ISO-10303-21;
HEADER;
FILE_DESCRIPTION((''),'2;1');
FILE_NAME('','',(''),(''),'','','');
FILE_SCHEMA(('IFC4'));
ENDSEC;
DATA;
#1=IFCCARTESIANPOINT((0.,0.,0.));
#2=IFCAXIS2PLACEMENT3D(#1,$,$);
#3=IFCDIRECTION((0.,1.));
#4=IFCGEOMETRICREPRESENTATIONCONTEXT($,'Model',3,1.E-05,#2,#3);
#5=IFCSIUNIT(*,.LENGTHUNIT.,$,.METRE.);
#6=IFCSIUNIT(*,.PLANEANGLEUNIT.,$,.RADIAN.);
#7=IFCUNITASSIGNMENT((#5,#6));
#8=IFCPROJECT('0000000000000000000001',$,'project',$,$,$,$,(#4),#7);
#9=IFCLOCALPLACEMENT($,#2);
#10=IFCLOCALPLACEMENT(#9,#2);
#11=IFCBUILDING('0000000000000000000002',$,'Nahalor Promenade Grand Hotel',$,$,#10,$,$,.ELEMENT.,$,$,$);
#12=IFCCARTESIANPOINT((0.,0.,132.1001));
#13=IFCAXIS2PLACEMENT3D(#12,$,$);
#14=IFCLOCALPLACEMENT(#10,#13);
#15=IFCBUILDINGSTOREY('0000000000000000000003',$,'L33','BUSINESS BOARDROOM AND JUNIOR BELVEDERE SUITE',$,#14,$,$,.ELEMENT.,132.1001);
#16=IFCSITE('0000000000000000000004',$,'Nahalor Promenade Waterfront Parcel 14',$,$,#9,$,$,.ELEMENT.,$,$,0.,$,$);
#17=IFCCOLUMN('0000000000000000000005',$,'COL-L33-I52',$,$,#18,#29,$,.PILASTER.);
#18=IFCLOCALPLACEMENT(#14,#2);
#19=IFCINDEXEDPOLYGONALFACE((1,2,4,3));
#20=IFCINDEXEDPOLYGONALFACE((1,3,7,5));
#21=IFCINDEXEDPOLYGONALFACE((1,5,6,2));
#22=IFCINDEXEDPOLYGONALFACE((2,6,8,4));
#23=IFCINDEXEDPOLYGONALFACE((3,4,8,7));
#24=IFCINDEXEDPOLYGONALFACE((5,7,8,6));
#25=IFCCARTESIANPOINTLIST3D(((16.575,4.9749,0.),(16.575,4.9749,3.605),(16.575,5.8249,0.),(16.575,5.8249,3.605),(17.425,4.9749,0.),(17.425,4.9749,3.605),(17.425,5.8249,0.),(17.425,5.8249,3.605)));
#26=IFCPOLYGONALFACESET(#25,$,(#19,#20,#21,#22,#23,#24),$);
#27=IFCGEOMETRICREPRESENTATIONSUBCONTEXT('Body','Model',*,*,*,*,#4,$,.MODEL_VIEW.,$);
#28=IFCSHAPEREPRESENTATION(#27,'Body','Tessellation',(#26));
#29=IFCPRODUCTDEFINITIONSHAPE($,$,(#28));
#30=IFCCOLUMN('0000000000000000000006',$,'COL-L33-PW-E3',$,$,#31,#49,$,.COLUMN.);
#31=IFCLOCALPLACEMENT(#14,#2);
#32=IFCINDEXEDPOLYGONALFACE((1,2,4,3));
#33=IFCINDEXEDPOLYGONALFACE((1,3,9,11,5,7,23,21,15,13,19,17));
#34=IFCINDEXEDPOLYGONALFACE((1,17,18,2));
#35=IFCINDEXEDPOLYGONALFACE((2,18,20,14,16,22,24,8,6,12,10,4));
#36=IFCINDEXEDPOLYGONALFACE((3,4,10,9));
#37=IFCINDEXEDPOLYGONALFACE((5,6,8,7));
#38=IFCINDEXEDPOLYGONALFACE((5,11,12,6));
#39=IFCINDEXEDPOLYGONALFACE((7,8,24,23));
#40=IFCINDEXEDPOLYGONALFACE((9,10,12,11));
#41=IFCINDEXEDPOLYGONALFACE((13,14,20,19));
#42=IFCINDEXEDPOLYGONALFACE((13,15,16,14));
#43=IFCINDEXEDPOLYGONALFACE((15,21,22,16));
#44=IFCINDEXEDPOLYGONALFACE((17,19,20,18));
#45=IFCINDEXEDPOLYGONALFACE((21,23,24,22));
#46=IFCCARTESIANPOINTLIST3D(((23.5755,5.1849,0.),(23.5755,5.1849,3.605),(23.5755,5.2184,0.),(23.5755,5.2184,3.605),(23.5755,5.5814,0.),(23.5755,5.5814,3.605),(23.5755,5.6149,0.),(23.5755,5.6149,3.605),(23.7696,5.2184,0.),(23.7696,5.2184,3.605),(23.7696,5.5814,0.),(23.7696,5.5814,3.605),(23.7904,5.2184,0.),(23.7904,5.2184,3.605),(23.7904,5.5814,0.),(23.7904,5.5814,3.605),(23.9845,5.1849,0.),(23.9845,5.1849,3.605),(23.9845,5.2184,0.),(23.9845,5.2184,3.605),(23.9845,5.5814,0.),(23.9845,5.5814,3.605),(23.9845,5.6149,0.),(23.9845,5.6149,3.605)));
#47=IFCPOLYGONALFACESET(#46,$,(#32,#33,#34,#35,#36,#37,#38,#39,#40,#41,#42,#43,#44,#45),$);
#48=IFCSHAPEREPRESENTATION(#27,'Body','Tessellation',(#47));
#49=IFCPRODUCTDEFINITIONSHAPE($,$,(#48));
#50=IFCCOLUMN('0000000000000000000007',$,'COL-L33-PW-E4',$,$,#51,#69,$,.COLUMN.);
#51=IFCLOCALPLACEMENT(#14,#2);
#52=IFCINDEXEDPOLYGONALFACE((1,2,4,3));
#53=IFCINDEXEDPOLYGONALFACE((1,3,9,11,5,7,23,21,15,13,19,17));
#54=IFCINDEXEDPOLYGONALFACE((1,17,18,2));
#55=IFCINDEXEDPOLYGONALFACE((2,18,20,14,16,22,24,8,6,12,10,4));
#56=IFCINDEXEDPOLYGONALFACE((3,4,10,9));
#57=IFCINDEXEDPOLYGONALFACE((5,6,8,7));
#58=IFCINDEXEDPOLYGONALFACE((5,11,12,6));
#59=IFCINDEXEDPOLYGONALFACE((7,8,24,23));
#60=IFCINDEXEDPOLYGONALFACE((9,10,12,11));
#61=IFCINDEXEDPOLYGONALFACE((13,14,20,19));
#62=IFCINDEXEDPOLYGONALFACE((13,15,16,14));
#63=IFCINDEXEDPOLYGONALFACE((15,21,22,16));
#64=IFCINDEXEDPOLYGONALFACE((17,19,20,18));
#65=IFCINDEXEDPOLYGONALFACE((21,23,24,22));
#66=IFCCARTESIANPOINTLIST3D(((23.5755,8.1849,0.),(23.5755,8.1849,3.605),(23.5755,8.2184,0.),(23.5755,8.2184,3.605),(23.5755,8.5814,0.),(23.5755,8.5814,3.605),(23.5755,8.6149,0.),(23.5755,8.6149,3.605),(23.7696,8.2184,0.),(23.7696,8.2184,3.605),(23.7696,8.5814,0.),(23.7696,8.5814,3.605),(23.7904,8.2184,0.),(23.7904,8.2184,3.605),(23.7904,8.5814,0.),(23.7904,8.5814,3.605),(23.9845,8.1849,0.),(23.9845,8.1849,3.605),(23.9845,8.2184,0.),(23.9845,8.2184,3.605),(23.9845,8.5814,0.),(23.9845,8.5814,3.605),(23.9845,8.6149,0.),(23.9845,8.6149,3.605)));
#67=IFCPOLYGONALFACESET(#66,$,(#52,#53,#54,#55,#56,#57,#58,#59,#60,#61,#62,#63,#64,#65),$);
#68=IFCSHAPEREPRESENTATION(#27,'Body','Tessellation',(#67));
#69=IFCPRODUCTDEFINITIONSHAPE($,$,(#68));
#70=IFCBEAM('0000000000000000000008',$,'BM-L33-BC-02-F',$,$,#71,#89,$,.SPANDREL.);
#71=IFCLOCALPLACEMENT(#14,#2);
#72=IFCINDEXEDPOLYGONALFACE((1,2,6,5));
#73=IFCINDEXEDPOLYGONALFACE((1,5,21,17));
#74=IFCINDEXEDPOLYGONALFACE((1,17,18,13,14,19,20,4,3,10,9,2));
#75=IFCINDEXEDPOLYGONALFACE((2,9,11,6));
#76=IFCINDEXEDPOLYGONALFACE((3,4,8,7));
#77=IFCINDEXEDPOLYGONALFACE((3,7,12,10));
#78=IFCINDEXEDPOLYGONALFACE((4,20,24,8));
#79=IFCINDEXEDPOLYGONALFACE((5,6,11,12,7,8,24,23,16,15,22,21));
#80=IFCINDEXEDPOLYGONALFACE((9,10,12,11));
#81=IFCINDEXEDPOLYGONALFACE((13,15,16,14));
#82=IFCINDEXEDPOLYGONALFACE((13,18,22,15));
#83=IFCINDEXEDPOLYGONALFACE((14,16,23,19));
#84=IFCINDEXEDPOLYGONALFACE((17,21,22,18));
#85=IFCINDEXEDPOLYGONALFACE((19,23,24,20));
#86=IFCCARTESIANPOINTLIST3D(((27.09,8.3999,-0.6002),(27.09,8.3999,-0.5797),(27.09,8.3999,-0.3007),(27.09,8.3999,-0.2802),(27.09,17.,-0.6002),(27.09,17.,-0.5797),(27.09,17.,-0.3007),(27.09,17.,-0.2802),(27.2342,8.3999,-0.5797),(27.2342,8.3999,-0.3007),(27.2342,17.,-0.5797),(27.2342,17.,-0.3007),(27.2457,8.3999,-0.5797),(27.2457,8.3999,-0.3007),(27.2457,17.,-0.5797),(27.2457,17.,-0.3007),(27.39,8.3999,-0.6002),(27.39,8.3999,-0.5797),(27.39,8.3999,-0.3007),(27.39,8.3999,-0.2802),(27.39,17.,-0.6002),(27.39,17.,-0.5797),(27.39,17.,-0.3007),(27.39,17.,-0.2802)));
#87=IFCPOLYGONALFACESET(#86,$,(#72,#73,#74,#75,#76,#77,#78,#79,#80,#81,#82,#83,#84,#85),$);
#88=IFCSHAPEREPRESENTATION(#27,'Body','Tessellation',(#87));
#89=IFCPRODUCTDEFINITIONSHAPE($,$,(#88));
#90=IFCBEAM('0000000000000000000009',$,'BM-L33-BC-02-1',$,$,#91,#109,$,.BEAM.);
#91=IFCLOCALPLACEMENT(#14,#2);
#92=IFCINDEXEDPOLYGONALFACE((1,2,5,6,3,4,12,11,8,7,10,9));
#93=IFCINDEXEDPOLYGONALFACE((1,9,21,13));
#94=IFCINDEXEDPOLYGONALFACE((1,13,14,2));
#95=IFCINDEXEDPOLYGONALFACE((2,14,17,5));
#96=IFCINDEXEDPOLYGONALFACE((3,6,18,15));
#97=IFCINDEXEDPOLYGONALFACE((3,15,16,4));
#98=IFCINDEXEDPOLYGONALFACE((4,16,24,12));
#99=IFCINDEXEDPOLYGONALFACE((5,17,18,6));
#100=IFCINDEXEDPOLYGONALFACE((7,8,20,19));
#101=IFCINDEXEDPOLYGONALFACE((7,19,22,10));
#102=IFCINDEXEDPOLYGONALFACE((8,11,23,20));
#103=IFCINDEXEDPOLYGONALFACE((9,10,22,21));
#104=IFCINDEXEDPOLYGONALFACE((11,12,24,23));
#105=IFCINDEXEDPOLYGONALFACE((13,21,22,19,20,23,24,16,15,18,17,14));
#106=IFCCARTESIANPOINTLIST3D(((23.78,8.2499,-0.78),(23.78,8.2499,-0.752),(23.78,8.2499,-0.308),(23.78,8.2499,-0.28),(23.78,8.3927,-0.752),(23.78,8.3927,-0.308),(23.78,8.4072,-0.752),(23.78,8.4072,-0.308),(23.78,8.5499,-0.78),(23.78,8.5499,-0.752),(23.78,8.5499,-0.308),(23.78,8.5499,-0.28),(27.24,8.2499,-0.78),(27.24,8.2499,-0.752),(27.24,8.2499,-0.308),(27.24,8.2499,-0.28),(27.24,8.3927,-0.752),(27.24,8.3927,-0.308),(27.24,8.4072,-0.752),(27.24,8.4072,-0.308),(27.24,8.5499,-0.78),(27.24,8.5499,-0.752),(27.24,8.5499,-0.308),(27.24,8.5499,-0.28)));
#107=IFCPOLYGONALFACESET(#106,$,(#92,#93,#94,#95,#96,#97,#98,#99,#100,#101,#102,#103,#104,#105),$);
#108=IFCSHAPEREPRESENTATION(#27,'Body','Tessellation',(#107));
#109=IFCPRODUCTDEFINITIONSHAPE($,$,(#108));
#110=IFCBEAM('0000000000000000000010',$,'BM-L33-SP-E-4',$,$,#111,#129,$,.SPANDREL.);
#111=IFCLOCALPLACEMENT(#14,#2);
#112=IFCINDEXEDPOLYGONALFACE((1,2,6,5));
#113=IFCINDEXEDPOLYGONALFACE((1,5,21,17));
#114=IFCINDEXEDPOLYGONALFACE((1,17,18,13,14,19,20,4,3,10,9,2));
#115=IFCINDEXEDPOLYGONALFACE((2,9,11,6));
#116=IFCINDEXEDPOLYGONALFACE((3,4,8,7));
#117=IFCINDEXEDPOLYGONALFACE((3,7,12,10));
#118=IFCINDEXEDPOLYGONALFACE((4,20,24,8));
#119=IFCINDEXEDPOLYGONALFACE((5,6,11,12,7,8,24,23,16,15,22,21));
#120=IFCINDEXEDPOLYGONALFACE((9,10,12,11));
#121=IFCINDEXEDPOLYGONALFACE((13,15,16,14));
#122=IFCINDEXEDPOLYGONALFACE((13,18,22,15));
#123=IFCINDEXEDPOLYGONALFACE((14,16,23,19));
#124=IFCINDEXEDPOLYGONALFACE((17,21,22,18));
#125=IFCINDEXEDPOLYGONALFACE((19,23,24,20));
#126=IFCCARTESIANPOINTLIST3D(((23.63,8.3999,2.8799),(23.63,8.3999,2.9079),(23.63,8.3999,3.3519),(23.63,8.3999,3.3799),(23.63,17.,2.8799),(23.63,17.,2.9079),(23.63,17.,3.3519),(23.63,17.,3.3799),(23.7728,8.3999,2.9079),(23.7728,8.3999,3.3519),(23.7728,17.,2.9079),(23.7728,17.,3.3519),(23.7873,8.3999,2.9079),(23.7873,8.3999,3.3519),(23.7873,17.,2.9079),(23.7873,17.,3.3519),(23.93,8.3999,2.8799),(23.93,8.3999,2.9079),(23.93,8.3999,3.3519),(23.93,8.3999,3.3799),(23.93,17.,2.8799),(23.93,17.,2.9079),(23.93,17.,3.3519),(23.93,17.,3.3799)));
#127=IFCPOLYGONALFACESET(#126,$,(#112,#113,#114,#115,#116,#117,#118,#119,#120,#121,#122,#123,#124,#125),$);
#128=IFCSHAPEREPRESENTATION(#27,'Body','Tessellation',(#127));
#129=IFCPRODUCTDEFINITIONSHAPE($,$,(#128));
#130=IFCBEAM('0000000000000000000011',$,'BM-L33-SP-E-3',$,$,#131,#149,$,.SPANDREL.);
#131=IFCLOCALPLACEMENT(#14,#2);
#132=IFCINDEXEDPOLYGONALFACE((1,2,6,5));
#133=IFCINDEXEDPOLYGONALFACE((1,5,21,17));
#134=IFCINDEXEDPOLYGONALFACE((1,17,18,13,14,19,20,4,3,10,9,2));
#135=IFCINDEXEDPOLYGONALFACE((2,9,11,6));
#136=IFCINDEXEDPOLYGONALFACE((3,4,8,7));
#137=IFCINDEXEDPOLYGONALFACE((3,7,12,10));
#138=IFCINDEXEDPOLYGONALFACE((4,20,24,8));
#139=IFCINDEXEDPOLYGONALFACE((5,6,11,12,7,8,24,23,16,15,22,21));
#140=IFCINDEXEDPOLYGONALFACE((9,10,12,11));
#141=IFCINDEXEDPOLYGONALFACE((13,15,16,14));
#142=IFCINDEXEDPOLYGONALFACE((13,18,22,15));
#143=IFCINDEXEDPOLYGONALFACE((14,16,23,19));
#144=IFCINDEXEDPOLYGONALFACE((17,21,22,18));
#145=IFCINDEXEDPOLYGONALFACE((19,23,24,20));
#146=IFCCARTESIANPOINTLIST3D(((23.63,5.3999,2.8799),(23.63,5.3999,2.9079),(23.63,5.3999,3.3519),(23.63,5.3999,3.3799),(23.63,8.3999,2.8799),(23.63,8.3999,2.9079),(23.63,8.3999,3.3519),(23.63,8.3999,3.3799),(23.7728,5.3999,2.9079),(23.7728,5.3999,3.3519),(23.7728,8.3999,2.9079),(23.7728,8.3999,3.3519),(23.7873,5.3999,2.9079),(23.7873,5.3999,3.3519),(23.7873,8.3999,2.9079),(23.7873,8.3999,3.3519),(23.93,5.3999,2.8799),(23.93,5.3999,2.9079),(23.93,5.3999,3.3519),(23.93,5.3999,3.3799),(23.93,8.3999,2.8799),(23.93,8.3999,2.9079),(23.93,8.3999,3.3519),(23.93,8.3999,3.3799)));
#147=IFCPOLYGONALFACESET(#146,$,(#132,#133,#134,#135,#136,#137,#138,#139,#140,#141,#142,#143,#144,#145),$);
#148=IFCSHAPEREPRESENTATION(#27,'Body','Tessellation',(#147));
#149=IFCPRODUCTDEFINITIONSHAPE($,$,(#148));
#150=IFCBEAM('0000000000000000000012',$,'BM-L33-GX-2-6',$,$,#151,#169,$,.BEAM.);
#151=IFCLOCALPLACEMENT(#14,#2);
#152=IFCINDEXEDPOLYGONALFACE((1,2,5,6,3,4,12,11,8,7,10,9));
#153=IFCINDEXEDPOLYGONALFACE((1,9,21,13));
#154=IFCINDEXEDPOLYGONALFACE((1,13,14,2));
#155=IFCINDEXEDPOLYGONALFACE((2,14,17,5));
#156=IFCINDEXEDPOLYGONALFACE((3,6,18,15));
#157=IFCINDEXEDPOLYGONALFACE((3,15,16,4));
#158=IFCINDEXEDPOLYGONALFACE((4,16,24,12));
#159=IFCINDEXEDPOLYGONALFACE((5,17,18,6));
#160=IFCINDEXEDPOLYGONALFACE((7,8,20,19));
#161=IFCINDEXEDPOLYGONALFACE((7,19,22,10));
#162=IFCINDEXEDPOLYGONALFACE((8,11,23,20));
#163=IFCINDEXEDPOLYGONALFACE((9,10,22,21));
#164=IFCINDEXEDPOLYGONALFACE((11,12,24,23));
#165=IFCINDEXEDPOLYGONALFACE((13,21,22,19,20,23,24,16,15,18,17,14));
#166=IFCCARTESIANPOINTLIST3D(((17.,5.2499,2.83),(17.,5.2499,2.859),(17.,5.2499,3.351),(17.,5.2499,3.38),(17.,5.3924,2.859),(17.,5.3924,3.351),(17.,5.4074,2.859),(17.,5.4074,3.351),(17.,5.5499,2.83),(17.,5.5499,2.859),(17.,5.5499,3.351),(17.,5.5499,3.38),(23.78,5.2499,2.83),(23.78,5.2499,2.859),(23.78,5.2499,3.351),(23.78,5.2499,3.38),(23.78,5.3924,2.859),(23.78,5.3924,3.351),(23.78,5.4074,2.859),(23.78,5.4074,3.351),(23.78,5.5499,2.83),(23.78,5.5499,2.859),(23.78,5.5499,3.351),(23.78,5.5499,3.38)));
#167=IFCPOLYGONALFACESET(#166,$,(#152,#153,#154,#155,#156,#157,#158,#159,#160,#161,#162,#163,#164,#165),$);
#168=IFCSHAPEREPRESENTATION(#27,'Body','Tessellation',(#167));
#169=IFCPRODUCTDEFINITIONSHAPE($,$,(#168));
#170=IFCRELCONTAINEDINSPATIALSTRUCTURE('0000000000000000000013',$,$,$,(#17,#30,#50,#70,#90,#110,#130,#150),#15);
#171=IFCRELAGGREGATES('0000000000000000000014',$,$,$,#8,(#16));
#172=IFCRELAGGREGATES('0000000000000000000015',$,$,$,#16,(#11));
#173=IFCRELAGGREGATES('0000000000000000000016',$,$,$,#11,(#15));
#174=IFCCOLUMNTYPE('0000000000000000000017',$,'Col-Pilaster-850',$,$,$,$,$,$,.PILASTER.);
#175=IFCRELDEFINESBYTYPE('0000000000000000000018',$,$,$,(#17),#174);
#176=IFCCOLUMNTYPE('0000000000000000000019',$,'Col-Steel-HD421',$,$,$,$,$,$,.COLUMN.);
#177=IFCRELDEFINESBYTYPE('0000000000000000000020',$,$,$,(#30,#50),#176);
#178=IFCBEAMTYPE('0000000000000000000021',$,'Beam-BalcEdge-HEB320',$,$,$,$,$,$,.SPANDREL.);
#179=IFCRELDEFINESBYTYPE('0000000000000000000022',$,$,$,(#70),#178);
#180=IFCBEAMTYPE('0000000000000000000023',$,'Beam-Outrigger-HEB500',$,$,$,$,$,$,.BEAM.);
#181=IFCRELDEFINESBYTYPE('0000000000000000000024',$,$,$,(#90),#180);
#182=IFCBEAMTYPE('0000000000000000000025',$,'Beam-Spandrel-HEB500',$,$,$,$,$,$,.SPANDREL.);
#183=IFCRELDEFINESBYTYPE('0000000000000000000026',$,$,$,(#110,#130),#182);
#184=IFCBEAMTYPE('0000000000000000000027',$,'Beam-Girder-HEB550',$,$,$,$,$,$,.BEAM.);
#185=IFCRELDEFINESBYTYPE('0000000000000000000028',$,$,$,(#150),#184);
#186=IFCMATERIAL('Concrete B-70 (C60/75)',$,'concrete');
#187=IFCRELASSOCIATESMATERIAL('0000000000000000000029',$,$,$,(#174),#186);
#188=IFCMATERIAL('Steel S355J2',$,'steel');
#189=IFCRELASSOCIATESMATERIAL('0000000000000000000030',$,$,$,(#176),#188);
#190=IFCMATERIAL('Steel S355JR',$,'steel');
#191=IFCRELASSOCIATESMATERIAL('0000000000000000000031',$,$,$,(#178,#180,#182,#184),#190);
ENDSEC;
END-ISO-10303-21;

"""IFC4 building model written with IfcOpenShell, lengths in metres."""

from ifc_helpers import new_model, si_unit, direction, frame, origin, origin_2d, place, context, subcontext, project, spatial, rectangle, i_section, extrude, source, transform, mapped, material, material_profile, profile_set, type_object, element, save


model = new_model("IFC4")

# Units and contexts
model_context = context("Model", 3, precision=1e-05, world=origin(), true_north=direction((0.0, 1.0)))
body_context = subcontext(model_context, "Body", "Model", "MODEL_VIEW")
ifc_project = project(units=[si_unit("LENGTHUNIT", "METRE"), si_unit("PLANEANGLEUNIT", "RADIAN")], contexts=[model_context])

# Site, building, storey
site_placement = place(None, origin())
site = spatial("IfcSite", under=ifc_project, at=site_placement, Name="Nahalor Promenade Waterfront Parcel 14", CompositionType="ELEMENT", RefElevation=0.0)
building_placement = place(site_placement, origin())
building = spatial("IfcBuilding", under=site, at=building_placement, Name="Nahalor Promenade Grand Hotel", CompositionType="ELEMENT")
storey_placement = place(building_placement, frame((0.0, 0.0, 132.1001)))
storey = spatial("IfcBuildingStorey", under=building, at=storey_placement, Name="L33", Description="BUSINESS BOARDROOM AND JUNIOR BELVEDERE SUITE", CompositionType="ELEMENT", Elevation=132.1001)

# Columns
ifc_material_1 = material(Name="Concrete B-70 (C60/75)", Category="concrete")
ifc_material_profile_1 = material_profile(ifc_material_1, rectangle(XDim=0.85, YDim=0.85, at=origin_2d()), Name="RC 850x850")
ifc_profile_set_1 = profile_set([ifc_material_profile_1], Name="Concrete B-70 (C60/75)")
column_type_1 = type_object("IfcColumnType", Name="Col-Pilaster-850", PredefinedType="PILASTER", material=ifc_profile_set_1)
shared_shape_1 = source(origin(), body_context, "Body", "SweptSolid", [
    extrude(rectangle(XDim=0.85, YDim=0.85, at=origin_2d()), origin(), (0.0, 0.0, 1.0), 3.605),
])
column_placement = place(storey_placement, frame((17.0, 5.3999, 0.0), z_axis=(0.0, 0.0, 1.0), x_axis=(1.0, 0.0, 0.0)))
element("IfcColumn", 1, at=column_placement, inside=storey, type_object=column_type_1, Name="COL-L33-I52", PredefinedType="PILASTER", context=body_context, shape_type="MappedRepresentation", body=[
    mapped(shared_shape_1, transform((0.0, 0.0, 0.0), scale=1.0)),
])
ifc_material_2 = material(Name="Steel S355J2", Category="steel")
ifc_material_profile_2 = material_profile(ifc_material_2, i_section(OverallWidth=0.409, OverallDepth=0.43, WebThickness=0.0208, FlangeThickness=0.0335, at=origin_2d()), Name="HD 400x421")
ifc_profile_set_2 = profile_set([ifc_material_profile_2], Name="Steel S355J2")
column_type_2 = type_object("IfcColumnType", Name="Col-Steel-HD421", PredefinedType="COLUMN", material=ifc_profile_set_2)
shared_shape_2 = source(origin(), body_context, "Body", "SweptSolid", [
    extrude(i_section(OverallWidth=0.409, OverallDepth=0.43, WebThickness=0.0208, FlangeThickness=0.0335, at=origin_2d()), origin(), (0.0, 0.0, 1.0), 3.605),
])
for number, where, z_axis, x_axis, name in (
    (2, (23.78, 5.3999, 0.0), (0.0, 0.0, 1.0), (1.0, 0.0, 0.0), "COL-L33-PW-E3"),
    (3, (23.78, 8.3999, 0.0), (0.0, 0.0, 1.0), (1.0, 0.0, 0.0), "COL-L33-PW-E4"),
):
    element("IfcColumn", number, at=place(storey_placement, frame(where, z_axis=z_axis, x_axis=x_axis)), inside=storey, type_object=column_type_2, Name=name, PredefinedType="COLUMN", context=body_context, shape_type="MappedRepresentation", body=[
        mapped(shared_shape_2, transform((0.0, 0.0, 0.0), scale=1.0)),
    ])

# Beams
ifc_material_3 = material(Name="Steel S355JR", Category="steel")
ifc_material_profile_3 = material_profile(ifc_material_3, i_section(OverallWidth=0.3, OverallDepth=0.32, WebThickness=0.0115, FlangeThickness=0.0205, at=origin_2d()), Name="HEB 320")
ifc_profile_set_3 = profile_set([ifc_material_profile_3], Name="Steel S355JR")
beam_type_1 = type_object("IfcBeamType", Name="Beam-BalcEdge-HEB320", PredefinedType="SPANDREL", material=ifc_profile_set_3)
shared_shape_3 = source(origin(), body_context, "Body", "SweptSolid", [
    extrude(i_section(OverallWidth=0.3, OverallDepth=0.32, WebThickness=0.0115, FlangeThickness=0.0205, at=origin_2d()), origin(), (0.0, 0.0, 1.0), 8.6001),
])
beam_1_placement = place(storey_placement, frame((27.24, 8.3999, -0.4402), z_axis=(0.0, 1.0, 0.0), x_axis=(-1.0, 0.0, 0.0)))
element("IfcBeam", 4, at=beam_1_placement, inside=storey, type_object=beam_type_1, Name="BM-L33-BC-02-F", PredefinedType="SPANDREL", context=body_context, shape_type="MappedRepresentation", body=[
    mapped(shared_shape_3, transform((0.0, 0.0, 0.0), scale=1.0)),
])
ifc_material_profile_4 = material_profile(ifc_material_3, i_section(OverallWidth=0.3, OverallDepth=0.5, WebThickness=0.0145, FlangeThickness=0.028, at=origin_2d()), Name="HEB 500")
ifc_profile_set_4 = profile_set([ifc_material_profile_4], Name="Steel S355JR")
beam_type_2 = type_object("IfcBeamType", Name="Beam-Outrigger-HEB500", PredefinedType="BEAM", material=ifc_profile_set_4)
shared_shape_4 = source(origin(), body_context, "Body", "SweptSolid", [
    extrude(i_section(OverallWidth=0.3, OverallDepth=0.5, WebThickness=0.0145, FlangeThickness=0.028, at=origin_2d()), origin(), (0.0, 0.0, 1.0), 3.46),
])
beam_2_placement = place(storey_placement, frame((23.78, 8.3999, -0.53), z_axis=(1.0, 0.0, 0.0), x_axis=(0.0, 1.0, 0.0)))
element("IfcBeam", 5, at=beam_2_placement, inside=storey, type_object=beam_type_2, Name="BM-L33-BC-02-1", PredefinedType="BEAM", context=body_context, shape_type="MappedRepresentation", body=[
    mapped(shared_shape_4, transform((0.0, 0.0, 0.0), scale=1.0)),
])
ifc_material_profile_5 = material_profile(ifc_material_3, i_section(OverallWidth=0.3, OverallDepth=0.5, WebThickness=0.0145, FlangeThickness=0.028, at=origin_2d()), Name="HEB 500")
ifc_profile_set_5 = profile_set([ifc_material_profile_5], Name="Steel S355JR")
beam_type_3 = type_object("IfcBeamType", Name="Beam-Spandrel-HEB500", PredefinedType="SPANDREL", material=ifc_profile_set_5)
shared_shape_5 = source(origin(), body_context, "Body", "SweptSolid", [
    extrude(i_section(OverallWidth=0.3, OverallDepth=0.5, WebThickness=0.0145, FlangeThickness=0.028, at=origin_2d()), origin(), (0.0, 0.0, 1.0), 8.6001),
])
beam_3_placement = place(storey_placement, frame((23.78, 8.3999, 3.1299), z_axis=(0.0, 1.0, 0.0), x_axis=(-1.0, 0.0, 0.0)))
element("IfcBeam", 6, at=beam_3_placement, inside=storey, type_object=beam_type_3, Name="BM-L33-SP-E-4", PredefinedType="SPANDREL", context=body_context, shape_type="MappedRepresentation", body=[
    mapped(shared_shape_5, transform((0.0, 0.0, 0.0), scale=1.0)),
])
shared_shape_6 = source(origin(), body_context, "Body", "SweptSolid", [
    extrude(i_section(OverallWidth=0.3, OverallDepth=0.5, WebThickness=0.0145, FlangeThickness=0.028, at=origin_2d()), origin(), (0.0, 0.0, 1.0), 3.0),
])
beam_4_placement = place(storey_placement, frame((23.78, 5.3999, 3.1299), z_axis=(0.0, 1.0, 0.0), x_axis=(-1.0, 0.0, 0.0)))
element("IfcBeam", 7, at=beam_4_placement, inside=storey, type_object=beam_type_3, Name="BM-L33-SP-E-3", PredefinedType="SPANDREL", context=body_context, shape_type="MappedRepresentation", body=[
    mapped(shared_shape_6, transform((0.0, 0.0, 0.0), scale=1.0)),
])
ifc_material_profile_6 = material_profile(ifc_material_3, i_section(OverallWidth=0.3, OverallDepth=0.55, WebThickness=0.015, FlangeThickness=0.029, at=origin_2d()), Name="HEB 550")
ifc_profile_set_6 = profile_set([ifc_material_profile_6], Name="Steel S355JR")
beam_type_4 = type_object("IfcBeamType", Name="Beam-Girder-HEB550", PredefinedType="BEAM", material=ifc_profile_set_6)
shared_shape_7 = source(origin(), body_context, "Body", "SweptSolid", [
    extrude(i_section(OverallWidth=0.3, OverallDepth=0.55, WebThickness=0.015, FlangeThickness=0.029, at=origin_2d()), origin(), (0.0, 0.0, 1.0), 6.78),
])
beam_5_placement = place(storey_placement, frame((17.0, 5.3999, 3.105), z_axis=(1.0, 0.0, 0.0), x_axis=(0.0, 1.0, 0.0)))
element("IfcBeam", 8, at=beam_5_placement, inside=storey, type_object=beam_type_4, Name="BM-L33-GX-2-6", PredefinedType="BEAM", context=body_context, shape_type="MappedRepresentation", body=[
    mapped(shared_shape_7, transform((0.0, 0.0, 0.0), scale=1.0)),
])

save(model, "model.ifc")
